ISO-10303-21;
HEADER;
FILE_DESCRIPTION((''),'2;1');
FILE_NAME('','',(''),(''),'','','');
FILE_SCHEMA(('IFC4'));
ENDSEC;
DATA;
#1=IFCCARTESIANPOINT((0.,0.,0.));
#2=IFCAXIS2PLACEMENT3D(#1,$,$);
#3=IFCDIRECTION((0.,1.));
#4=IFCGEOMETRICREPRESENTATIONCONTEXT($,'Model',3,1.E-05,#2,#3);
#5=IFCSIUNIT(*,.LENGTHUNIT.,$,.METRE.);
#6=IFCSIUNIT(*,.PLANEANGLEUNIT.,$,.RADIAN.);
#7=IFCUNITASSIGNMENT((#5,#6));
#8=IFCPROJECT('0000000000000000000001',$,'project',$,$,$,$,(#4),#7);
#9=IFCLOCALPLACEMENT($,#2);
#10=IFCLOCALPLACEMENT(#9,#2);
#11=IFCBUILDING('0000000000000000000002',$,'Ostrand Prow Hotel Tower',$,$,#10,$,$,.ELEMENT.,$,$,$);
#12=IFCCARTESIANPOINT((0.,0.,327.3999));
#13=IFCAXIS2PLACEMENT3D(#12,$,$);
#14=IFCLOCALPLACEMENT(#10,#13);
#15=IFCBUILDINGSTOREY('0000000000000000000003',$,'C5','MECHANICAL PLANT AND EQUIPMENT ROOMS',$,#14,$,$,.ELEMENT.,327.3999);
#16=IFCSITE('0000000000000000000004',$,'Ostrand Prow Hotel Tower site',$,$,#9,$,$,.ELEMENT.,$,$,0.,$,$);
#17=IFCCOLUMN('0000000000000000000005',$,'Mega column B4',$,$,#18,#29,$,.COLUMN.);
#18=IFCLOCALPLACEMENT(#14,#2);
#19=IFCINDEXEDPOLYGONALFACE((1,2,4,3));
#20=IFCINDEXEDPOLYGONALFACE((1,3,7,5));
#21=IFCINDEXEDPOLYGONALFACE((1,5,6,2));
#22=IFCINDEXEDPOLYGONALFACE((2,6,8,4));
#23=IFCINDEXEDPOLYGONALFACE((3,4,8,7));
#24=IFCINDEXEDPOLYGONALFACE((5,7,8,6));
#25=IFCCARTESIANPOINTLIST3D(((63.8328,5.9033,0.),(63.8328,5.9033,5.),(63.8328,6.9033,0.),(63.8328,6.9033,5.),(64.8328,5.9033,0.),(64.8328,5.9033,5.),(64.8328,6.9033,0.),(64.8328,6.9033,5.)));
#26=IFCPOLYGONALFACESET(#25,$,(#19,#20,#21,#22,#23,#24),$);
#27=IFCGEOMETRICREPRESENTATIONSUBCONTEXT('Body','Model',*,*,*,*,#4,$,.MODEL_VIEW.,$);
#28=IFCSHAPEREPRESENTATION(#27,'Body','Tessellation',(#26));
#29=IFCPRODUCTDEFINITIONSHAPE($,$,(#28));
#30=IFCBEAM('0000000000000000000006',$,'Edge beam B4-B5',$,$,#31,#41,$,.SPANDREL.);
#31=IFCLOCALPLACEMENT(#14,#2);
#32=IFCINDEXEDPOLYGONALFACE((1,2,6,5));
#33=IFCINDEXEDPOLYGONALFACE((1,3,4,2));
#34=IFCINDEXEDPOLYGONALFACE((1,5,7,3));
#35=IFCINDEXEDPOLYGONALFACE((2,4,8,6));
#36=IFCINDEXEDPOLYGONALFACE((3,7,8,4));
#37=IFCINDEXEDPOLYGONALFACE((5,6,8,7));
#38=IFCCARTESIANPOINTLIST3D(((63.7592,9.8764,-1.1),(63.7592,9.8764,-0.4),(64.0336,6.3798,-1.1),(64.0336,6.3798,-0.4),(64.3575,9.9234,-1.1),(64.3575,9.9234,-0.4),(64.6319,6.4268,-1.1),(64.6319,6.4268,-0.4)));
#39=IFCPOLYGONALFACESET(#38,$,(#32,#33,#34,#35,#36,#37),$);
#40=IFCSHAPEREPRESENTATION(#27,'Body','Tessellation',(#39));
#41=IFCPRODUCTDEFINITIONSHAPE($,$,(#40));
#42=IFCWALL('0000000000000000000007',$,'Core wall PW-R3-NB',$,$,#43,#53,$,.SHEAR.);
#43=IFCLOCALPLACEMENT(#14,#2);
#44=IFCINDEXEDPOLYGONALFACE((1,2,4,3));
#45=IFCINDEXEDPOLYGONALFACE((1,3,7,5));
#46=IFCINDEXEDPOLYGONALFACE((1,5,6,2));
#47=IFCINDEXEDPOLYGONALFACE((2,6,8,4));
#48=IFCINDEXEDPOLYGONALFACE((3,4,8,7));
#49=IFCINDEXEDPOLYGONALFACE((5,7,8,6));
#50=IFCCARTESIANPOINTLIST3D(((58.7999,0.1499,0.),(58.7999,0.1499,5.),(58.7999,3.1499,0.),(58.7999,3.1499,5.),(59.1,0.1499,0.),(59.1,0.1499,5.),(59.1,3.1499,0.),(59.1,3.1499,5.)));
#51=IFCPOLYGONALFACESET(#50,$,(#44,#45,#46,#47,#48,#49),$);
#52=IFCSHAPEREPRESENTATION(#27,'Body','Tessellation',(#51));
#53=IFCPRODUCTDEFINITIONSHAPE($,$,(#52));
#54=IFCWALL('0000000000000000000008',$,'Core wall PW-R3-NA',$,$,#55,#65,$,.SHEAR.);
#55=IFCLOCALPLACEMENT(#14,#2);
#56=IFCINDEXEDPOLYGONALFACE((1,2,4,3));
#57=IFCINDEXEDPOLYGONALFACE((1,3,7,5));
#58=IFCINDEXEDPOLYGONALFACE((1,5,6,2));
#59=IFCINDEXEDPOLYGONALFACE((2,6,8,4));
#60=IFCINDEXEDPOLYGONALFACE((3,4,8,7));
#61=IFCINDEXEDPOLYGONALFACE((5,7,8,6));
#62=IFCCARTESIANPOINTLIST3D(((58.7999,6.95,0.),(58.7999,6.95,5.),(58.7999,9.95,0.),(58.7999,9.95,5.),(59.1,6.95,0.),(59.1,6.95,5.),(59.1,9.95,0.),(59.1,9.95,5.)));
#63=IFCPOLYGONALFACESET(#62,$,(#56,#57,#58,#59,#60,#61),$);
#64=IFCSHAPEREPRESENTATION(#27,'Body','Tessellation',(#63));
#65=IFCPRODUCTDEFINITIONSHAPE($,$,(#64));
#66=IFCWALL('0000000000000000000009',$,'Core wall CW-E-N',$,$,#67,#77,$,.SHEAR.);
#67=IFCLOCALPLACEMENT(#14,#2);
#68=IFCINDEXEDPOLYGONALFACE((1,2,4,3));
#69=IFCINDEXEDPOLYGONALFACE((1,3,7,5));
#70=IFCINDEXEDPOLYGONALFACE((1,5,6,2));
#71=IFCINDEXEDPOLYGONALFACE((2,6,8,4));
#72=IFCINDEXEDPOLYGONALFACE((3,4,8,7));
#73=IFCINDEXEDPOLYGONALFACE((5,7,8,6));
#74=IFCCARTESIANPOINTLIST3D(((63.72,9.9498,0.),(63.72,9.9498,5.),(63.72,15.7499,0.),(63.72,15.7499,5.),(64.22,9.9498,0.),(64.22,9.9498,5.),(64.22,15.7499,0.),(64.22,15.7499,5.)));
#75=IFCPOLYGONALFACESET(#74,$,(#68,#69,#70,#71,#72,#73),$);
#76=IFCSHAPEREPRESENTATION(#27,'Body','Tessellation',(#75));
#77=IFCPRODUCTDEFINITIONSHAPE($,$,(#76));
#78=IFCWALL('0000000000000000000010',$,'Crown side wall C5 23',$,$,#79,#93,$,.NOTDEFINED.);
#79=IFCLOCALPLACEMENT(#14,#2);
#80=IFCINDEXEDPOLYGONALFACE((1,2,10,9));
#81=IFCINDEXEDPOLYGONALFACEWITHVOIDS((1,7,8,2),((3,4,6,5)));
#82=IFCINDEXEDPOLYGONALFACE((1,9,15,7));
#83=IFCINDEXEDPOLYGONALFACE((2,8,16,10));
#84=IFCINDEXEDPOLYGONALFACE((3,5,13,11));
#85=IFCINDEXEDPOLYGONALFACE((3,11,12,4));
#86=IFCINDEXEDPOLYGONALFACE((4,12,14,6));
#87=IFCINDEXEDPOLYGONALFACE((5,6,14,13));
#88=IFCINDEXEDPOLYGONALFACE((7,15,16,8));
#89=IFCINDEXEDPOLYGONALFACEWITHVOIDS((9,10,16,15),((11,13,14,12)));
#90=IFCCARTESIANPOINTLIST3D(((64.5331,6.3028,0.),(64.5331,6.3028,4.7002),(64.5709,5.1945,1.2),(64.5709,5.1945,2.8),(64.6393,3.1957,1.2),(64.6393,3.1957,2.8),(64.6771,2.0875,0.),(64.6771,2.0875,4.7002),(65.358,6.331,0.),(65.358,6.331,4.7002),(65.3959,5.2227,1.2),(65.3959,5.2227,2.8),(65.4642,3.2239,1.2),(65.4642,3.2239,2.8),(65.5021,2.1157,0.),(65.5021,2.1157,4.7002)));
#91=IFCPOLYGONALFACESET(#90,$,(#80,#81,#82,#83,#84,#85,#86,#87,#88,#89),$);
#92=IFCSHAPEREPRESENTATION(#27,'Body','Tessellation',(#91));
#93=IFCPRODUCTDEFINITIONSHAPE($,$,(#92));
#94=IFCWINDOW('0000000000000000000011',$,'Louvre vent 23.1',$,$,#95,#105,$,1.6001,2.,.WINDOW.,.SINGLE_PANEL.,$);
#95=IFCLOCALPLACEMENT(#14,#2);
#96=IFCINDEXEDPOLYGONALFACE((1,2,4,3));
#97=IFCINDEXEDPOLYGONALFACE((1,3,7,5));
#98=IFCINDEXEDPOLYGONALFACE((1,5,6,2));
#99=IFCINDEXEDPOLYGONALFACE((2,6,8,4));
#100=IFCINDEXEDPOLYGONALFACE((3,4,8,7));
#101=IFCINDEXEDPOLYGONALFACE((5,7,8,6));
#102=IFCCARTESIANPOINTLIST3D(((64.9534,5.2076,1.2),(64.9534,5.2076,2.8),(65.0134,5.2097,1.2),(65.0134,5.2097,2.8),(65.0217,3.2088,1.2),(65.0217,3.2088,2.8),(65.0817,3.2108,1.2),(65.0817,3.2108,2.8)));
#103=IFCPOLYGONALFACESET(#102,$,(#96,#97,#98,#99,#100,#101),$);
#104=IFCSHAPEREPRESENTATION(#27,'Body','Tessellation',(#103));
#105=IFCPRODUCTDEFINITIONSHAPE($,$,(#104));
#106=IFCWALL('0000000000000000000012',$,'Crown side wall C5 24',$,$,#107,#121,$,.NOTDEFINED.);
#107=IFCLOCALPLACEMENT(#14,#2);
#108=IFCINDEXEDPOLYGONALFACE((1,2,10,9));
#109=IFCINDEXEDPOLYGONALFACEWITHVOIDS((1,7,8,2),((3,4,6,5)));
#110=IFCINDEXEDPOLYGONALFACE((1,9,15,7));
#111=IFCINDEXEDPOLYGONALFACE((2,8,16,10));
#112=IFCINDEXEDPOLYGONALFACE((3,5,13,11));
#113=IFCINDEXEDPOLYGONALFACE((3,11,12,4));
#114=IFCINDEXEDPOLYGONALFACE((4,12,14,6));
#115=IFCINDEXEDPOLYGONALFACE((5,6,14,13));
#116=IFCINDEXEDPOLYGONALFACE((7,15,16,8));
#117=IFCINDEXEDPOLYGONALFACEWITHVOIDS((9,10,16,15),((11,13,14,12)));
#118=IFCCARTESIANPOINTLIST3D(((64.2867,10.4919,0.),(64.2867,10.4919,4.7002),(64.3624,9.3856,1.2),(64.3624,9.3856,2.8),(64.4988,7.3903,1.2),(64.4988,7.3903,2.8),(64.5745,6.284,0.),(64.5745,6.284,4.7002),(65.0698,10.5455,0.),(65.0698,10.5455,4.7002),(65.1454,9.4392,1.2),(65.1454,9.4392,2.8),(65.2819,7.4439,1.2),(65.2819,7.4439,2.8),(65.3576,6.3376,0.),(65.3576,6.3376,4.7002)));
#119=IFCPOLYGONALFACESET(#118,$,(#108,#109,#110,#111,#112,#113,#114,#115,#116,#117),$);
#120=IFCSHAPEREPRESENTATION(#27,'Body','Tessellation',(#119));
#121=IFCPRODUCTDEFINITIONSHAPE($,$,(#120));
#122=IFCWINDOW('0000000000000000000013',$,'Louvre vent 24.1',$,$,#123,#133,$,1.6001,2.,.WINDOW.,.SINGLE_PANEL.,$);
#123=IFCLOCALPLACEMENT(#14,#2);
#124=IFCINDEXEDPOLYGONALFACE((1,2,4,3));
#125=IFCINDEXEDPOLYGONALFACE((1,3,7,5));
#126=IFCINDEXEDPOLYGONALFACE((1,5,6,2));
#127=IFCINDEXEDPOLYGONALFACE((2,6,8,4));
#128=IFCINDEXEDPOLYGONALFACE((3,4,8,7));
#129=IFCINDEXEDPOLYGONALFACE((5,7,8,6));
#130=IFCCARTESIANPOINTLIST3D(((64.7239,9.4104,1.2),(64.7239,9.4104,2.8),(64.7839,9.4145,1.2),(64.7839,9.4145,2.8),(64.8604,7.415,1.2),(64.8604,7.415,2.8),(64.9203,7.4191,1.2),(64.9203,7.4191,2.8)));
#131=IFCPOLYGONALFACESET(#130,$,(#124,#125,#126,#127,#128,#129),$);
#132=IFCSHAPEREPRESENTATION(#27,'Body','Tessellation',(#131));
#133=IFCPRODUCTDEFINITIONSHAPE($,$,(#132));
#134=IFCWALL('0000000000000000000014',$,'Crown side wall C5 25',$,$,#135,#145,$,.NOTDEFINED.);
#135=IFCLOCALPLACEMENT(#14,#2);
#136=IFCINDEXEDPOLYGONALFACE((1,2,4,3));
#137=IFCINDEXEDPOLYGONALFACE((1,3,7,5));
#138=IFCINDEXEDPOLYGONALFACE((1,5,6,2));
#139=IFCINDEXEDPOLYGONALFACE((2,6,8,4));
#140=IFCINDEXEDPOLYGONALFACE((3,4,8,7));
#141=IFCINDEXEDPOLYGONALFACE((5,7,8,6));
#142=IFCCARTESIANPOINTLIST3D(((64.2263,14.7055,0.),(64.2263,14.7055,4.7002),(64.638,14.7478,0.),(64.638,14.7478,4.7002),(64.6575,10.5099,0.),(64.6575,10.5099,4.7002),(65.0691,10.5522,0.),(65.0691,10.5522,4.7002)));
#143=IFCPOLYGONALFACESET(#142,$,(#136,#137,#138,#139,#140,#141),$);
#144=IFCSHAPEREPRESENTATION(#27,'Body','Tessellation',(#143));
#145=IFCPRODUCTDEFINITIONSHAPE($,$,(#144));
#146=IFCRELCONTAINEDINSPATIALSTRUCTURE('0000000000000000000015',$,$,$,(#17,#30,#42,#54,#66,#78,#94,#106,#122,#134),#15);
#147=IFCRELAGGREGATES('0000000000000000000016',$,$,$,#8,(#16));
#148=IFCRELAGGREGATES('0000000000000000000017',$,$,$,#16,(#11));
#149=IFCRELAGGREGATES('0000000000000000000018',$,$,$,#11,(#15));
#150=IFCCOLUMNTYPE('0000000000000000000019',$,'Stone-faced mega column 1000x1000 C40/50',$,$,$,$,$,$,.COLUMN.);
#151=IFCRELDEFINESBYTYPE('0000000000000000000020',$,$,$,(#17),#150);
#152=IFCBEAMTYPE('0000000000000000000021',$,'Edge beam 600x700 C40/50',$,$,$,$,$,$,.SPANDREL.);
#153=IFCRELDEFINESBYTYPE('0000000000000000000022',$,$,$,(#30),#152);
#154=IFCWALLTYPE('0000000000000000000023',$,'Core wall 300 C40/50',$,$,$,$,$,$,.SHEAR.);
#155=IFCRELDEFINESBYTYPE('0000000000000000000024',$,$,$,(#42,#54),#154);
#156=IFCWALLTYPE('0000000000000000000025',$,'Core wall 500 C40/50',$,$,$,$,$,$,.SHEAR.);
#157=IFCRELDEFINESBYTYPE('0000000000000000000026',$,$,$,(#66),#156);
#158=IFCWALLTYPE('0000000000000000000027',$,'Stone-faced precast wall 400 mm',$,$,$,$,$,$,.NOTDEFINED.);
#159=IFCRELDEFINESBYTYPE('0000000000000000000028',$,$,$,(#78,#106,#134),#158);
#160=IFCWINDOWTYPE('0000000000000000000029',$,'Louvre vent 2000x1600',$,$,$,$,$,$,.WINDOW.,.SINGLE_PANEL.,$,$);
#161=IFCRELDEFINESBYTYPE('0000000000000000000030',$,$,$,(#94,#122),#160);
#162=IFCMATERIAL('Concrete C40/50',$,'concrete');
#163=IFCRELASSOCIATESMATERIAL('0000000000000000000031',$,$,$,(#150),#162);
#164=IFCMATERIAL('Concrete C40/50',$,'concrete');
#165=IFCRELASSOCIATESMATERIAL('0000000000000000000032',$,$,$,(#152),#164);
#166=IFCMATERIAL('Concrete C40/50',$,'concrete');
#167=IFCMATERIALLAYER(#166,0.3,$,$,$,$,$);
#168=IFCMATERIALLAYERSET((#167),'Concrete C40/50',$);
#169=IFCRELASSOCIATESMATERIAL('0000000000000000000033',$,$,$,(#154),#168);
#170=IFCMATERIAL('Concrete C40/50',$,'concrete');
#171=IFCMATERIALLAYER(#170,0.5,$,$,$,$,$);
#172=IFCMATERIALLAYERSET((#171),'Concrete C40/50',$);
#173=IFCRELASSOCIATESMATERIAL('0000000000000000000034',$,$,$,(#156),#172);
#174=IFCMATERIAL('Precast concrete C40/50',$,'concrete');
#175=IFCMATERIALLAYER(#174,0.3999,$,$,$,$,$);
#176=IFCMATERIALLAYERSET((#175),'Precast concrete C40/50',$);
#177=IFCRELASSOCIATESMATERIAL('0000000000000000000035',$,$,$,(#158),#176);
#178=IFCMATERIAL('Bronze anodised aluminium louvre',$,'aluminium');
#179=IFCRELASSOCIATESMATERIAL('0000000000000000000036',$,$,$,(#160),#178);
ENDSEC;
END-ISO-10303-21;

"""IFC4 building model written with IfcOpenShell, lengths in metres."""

from ifc_helpers import new_model, si_unit, direction, frame, frame_2d, origin, origin_2d, place, context, subcontext, project, spatial, rectangle, extrude, material, layer, layer_set, material_profile, profile_set, type_object, element, fill, save


model = new_model("IFC4")

# Units and contexts
model_context = context("Model", 3, precision=1e-05, world=origin(), true_north=direction((0.0, 1.0)))
body_context = subcontext(model_context, "Body", "Model", "MODEL_VIEW")
ifc_project = project(units=[si_unit("LENGTHUNIT", "METRE"), si_unit("PLANEANGLEUNIT", "RADIAN")], contexts=[model_context])

# Site, building, storey
site_placement = place(None, origin())
site = spatial("IfcSite", under=ifc_project, at=site_placement, Name="Ostrand Prow Hotel Tower site", CompositionType="ELEMENT", RefElevation=0.0)
building_placement = place(site_placement, origin())
building = spatial("IfcBuilding", under=site, at=building_placement, Name="Ostrand Prow Hotel Tower", CompositionType="ELEMENT")
storey_placement = place(building_placement, frame((0.0, 0.0, 327.3999)))
storey = spatial("IfcBuildingStorey", under=building, at=storey_placement, Name="C5", Description="MECHANICAL PLANT AND EQUIPMENT ROOMS", CompositionType="ELEMENT", Elevation=327.3999)

# Column
ifc_material_1 = material(Name="Concrete C40/50", Category="concrete")
ifc_material_profile_1 = material_profile(ifc_material_1, rectangle(XDim=1.0, YDim=1.0, at=origin_2d()), Name="RC 1000x1000")
ifc_profile_set_1 = profile_set([ifc_material_profile_1], Name="Concrete C40/50")
column_type = type_object("IfcColumnType", Name="Stone-faced mega column 1000x1000 C40/50", PredefinedType="COLUMN", material=ifc_profile_set_1)
column_placement = place(storey_placement, frame((64.3328, 6.4033, 0.0), z_axis=(0.0, 0.0, 1.0), x_axis=(1.0, 0.0, 0.0)))
element("IfcColumn", 1, at=column_placement, inside=storey, type_object=column_type, Name="Mega column B4", PredefinedType="COLUMN", context=body_context, shape_type="SweptSolid", body=[
    extrude(rectangle(XDim=1.0, YDim=1.0, at=origin_2d()), origin(), (0.0, 0.0, 1.0), 5.0),
])

# Beam
ifc_material_2 = material(Name="Concrete C40/50", Category="concrete")
ifc_material_profile_2 = material_profile(ifc_material_2, rectangle(XDim=0.6001, YDim=0.7, at=origin_2d()), Name="RC 600x700")
ifc_profile_set_2 = profile_set([ifc_material_profile_2], Name="Concrete C40/50")
beam_type = type_object("IfcBeamType", Name="Edge beam 600x700 C40/50", PredefinedType="SPANDREL", material=ifc_profile_set_2)
beam_placement = place(storey_placement, frame((64.3328, 6.4033, -0.75), z_axis=(-0.07824, 0.996935, 0.0), x_axis=(-0.996935, -0.07824, 0.0)))
element("IfcBeam", 2, at=beam_placement, inside=storey, type_object=beam_type, Name="Edge beam B4-B5", PredefinedType="SPANDREL", context=body_context, shape_type="SweptSolid", body=[
    extrude(rectangle(XDim=0.6001, YDim=0.7, at=origin_2d()), origin(), (0.0, 0.0, 1.0), 3.5073),
])

# Walls
ifc_material_3 = material(Name="Concrete C40/50", Category="concrete")
ifc_layer_1 = layer(ifc_material_3, 0.3)
ifc_layer_set_1 = layer_set([ifc_layer_1], Name="Concrete C40/50")
wall_type_1 = type_object("IfcWallType", Name="Core wall 300 C40/50", PredefinedType="SHEAR", material=ifc_layer_set_1)
for number, where, z_axis, x_axis, name in (
    (3, (58.95, 0.1499, 0.0), (0.0, 0.0, 1.0), (0.0, 1.0, 0.0), "Core wall PW-R3-NB"),
    (4, (58.95, 6.95, 0.0), (0.0, 0.0, 1.0), (0.0, 1.0, 0.0), "Core wall PW-R3-NA"),
):
    element("IfcWall", number, at=place(storey_placement, frame(where, z_axis=z_axis, x_axis=x_axis)), inside=storey, type_object=wall_type_1, Name=name, PredefinedType="SHEAR", context=body_context, shape_type="SweptSolid", body=[
        extrude(rectangle(XDim=3.0, YDim=0.3, at=frame_2d((1.5, 0.0))), origin(), (0.0, 0.0, 1.0), 5.0),
    ])
ifc_material_4 = material(Name="Concrete C40/50", Category="concrete")
ifc_layer_2 = layer(ifc_material_4, 0.5)
ifc_layer_set_2 = layer_set([ifc_layer_2], Name="Concrete C40/50")
wall_type_2 = type_object("IfcWallType", Name="Core wall 500 C40/50", PredefinedType="SHEAR", material=ifc_layer_set_2)
wall_1_placement = place(storey_placement, frame((63.97, 9.95, 0.0), z_axis=(0.0, 0.0, 1.0), x_axis=(0.0, 1.0, 0.0)))
element("IfcWall", 5, at=wall_1_placement, inside=storey, type_object=wall_type_2, Name="Core wall CW-E-N", PredefinedType="SHEAR", context=body_context, shape_type="SweptSolid", body=[
    extrude(rectangle(XDim=5.8, YDim=0.5, at=frame_2d((2.8999, 0.0))), origin(), (0.0, 0.0, 1.0), 5.0),
])

# Walls, openings, windows
ifc_material_5 = material(Name="Precast concrete C40/50", Category="concrete")
ifc_layer_3 = layer(ifc_material_5, 0.3999)
ifc_layer_set_3 = layer_set([ifc_layer_3], Name="Precast concrete C40/50")
wall_type_3 = type_object("IfcWallType", Name="Stone-faced precast wall 400 mm", PredefinedType="NOTDEFINED", material=ifc_layer_set_3)
wall_2_placement = place(storey_placement, frame((65.0896, 2.1016, 0.0), z_axis=(0.0, 0.0, 1.0), x_axis=(-0.034151, 0.999417, 0.0)))
wall_2 = element("IfcWall", 6, at=wall_2_placement, inside=storey, type_object=wall_type_3, Name="Crown side wall C5 23", PredefinedType="NOTDEFINED", context=body_context, shape_type="SweptSolid", body=[
    extrude(rectangle(XDim=4.2178, YDim=0.8254, at=frame_2d((2.1089, 0.0))), origin(), (0.0, 0.0, 1.0), 4.7002),
])
opening_1_placement = place(wall_2_placement, frame((1.1089, 0.0, 1.2)))
opening_1 = element("IfcOpeningElement", 7, at=opening_1_placement, cuts=wall_2, PredefinedType="OPENING", context=body_context, shape_type="SweptSolid", body=[
    extrude(rectangle(XDim=2.0, YDim=1.6001, at=frame_2d((1.0, 0.8))), frame((0.0, 0.4226, 0.0), z_axis=(0.0, -1.0, 0.0), x_axis=(1.0, 0.0, 0.0)), (0.0, 0.0, 1.0), 0.8455),
])
ifc_material_6 = material(Name="Bronze anodised aluminium louvre", Category="aluminium")
window_type = type_object("IfcWindowType", Name="Louvre vent 2000x1600", PartitioningType="SINGLE_PANEL", PredefinedType="WINDOW", material=ifc_material_6)
window_1_placement = place(opening_1_placement, origin())
window_1 = element("IfcWindow", 8, at=window_1_placement, inside=storey, type_object=window_type, Name="Louvre vent 23.1", OverallHeight=1.6001, OverallWidth=2.0, PartitioningType="SINGLE_PANEL", PredefinedType="WINDOW", context=body_context, shape_type="SweptSolid", body=[
    extrude(rectangle(XDim=2.0, YDim=1.6001, at=frame_2d((1.0, 0.8))), frame((0.0, 0.03, 0.0), z_axis=(0.0, -1.0, 0.0), x_axis=(1.0, 0.0, 0.0)), (0.0, 0.0, 1.0), 0.0601),
])
fill(opening_1, window_1)
wall_3_placement = place(storey_placement, frame((64.9661, 6.3108, 0.0), z_axis=(0.0, 0.0, 1.0), x_axis=(-0.068244, 0.997669, 0.0)))
wall_3 = element("IfcWall", 9, at=wall_3_placement, inside=storey, type_object=wall_type_3, Name="Crown side wall C5 24", PredefinedType="NOTDEFINED", context=body_context, shape_type="SweptSolid", body=[
    extrude(rectangle(XDim=4.2178, YDim=0.7849, at=frame_2d((2.1089, 0.0))), origin(), (0.0, 0.0, 1.0), 4.7002),
])
opening_2_placement = place(wall_3_placement, frame((1.1089, 0.0, 1.2)))
opening_2 = element("IfcOpeningElement", 10, at=opening_2_placement, cuts=wall_3, PredefinedType="OPENING", context=body_context, shape_type="SweptSolid", body=[
    extrude(rectangle(XDim=2.0, YDim=1.6001, at=frame_2d((1.0, 0.8))), frame((0.0, 0.4023, 0.0), z_axis=(0.0, -1.0, 0.0), x_axis=(1.0, 0.0, 0.0)), (0.0, 0.0, 1.0), 0.8049),
])
window_2_placement = place(opening_2_placement, origin())
window_2 = element("IfcWindow", 11, at=window_2_placement, inside=storey, type_object=window_type, Name="Louvre vent 24.1", OverallHeight=1.6001, OverallWidth=2.0, PartitioningType="SINGLE_PANEL", PredefinedType="WINDOW", context=body_context, shape_type="SweptSolid", body=[
    extrude(rectangle(XDim=2.0, YDim=1.6001, at=frame_2d((1.0, 0.8))), frame((0.0, 0.03, 0.0), z_axis=(0.0, -1.0, 0.0), x_axis=(1.0, 0.0, 0.0)), (0.0, 0.0, 1.0), 0.0601),
])
fill(opening_2, window_2)

# Wall
wall_4_placement = place(storey_placement, frame((64.8633, 10.531, 0.0), z_axis=(0.0, 0.0, 1.0), x_axis=(-0.10222, 0.994762, 0.0)))
element("IfcWall", 12, at=wall_4_placement, inside=storey, type_object=wall_type_3, Name="Crown side wall C5 25", PredefinedType="NOTDEFINED", context=body_context, shape_type="SweptSolid", body=[
    extrude(rectangle(XDim=4.2178, YDim=0.4138, at=frame_2d((2.1089, 0.0))), origin(), (0.0, 0.0, 1.0), 4.7002),
])

save(model, "model.ifc")
